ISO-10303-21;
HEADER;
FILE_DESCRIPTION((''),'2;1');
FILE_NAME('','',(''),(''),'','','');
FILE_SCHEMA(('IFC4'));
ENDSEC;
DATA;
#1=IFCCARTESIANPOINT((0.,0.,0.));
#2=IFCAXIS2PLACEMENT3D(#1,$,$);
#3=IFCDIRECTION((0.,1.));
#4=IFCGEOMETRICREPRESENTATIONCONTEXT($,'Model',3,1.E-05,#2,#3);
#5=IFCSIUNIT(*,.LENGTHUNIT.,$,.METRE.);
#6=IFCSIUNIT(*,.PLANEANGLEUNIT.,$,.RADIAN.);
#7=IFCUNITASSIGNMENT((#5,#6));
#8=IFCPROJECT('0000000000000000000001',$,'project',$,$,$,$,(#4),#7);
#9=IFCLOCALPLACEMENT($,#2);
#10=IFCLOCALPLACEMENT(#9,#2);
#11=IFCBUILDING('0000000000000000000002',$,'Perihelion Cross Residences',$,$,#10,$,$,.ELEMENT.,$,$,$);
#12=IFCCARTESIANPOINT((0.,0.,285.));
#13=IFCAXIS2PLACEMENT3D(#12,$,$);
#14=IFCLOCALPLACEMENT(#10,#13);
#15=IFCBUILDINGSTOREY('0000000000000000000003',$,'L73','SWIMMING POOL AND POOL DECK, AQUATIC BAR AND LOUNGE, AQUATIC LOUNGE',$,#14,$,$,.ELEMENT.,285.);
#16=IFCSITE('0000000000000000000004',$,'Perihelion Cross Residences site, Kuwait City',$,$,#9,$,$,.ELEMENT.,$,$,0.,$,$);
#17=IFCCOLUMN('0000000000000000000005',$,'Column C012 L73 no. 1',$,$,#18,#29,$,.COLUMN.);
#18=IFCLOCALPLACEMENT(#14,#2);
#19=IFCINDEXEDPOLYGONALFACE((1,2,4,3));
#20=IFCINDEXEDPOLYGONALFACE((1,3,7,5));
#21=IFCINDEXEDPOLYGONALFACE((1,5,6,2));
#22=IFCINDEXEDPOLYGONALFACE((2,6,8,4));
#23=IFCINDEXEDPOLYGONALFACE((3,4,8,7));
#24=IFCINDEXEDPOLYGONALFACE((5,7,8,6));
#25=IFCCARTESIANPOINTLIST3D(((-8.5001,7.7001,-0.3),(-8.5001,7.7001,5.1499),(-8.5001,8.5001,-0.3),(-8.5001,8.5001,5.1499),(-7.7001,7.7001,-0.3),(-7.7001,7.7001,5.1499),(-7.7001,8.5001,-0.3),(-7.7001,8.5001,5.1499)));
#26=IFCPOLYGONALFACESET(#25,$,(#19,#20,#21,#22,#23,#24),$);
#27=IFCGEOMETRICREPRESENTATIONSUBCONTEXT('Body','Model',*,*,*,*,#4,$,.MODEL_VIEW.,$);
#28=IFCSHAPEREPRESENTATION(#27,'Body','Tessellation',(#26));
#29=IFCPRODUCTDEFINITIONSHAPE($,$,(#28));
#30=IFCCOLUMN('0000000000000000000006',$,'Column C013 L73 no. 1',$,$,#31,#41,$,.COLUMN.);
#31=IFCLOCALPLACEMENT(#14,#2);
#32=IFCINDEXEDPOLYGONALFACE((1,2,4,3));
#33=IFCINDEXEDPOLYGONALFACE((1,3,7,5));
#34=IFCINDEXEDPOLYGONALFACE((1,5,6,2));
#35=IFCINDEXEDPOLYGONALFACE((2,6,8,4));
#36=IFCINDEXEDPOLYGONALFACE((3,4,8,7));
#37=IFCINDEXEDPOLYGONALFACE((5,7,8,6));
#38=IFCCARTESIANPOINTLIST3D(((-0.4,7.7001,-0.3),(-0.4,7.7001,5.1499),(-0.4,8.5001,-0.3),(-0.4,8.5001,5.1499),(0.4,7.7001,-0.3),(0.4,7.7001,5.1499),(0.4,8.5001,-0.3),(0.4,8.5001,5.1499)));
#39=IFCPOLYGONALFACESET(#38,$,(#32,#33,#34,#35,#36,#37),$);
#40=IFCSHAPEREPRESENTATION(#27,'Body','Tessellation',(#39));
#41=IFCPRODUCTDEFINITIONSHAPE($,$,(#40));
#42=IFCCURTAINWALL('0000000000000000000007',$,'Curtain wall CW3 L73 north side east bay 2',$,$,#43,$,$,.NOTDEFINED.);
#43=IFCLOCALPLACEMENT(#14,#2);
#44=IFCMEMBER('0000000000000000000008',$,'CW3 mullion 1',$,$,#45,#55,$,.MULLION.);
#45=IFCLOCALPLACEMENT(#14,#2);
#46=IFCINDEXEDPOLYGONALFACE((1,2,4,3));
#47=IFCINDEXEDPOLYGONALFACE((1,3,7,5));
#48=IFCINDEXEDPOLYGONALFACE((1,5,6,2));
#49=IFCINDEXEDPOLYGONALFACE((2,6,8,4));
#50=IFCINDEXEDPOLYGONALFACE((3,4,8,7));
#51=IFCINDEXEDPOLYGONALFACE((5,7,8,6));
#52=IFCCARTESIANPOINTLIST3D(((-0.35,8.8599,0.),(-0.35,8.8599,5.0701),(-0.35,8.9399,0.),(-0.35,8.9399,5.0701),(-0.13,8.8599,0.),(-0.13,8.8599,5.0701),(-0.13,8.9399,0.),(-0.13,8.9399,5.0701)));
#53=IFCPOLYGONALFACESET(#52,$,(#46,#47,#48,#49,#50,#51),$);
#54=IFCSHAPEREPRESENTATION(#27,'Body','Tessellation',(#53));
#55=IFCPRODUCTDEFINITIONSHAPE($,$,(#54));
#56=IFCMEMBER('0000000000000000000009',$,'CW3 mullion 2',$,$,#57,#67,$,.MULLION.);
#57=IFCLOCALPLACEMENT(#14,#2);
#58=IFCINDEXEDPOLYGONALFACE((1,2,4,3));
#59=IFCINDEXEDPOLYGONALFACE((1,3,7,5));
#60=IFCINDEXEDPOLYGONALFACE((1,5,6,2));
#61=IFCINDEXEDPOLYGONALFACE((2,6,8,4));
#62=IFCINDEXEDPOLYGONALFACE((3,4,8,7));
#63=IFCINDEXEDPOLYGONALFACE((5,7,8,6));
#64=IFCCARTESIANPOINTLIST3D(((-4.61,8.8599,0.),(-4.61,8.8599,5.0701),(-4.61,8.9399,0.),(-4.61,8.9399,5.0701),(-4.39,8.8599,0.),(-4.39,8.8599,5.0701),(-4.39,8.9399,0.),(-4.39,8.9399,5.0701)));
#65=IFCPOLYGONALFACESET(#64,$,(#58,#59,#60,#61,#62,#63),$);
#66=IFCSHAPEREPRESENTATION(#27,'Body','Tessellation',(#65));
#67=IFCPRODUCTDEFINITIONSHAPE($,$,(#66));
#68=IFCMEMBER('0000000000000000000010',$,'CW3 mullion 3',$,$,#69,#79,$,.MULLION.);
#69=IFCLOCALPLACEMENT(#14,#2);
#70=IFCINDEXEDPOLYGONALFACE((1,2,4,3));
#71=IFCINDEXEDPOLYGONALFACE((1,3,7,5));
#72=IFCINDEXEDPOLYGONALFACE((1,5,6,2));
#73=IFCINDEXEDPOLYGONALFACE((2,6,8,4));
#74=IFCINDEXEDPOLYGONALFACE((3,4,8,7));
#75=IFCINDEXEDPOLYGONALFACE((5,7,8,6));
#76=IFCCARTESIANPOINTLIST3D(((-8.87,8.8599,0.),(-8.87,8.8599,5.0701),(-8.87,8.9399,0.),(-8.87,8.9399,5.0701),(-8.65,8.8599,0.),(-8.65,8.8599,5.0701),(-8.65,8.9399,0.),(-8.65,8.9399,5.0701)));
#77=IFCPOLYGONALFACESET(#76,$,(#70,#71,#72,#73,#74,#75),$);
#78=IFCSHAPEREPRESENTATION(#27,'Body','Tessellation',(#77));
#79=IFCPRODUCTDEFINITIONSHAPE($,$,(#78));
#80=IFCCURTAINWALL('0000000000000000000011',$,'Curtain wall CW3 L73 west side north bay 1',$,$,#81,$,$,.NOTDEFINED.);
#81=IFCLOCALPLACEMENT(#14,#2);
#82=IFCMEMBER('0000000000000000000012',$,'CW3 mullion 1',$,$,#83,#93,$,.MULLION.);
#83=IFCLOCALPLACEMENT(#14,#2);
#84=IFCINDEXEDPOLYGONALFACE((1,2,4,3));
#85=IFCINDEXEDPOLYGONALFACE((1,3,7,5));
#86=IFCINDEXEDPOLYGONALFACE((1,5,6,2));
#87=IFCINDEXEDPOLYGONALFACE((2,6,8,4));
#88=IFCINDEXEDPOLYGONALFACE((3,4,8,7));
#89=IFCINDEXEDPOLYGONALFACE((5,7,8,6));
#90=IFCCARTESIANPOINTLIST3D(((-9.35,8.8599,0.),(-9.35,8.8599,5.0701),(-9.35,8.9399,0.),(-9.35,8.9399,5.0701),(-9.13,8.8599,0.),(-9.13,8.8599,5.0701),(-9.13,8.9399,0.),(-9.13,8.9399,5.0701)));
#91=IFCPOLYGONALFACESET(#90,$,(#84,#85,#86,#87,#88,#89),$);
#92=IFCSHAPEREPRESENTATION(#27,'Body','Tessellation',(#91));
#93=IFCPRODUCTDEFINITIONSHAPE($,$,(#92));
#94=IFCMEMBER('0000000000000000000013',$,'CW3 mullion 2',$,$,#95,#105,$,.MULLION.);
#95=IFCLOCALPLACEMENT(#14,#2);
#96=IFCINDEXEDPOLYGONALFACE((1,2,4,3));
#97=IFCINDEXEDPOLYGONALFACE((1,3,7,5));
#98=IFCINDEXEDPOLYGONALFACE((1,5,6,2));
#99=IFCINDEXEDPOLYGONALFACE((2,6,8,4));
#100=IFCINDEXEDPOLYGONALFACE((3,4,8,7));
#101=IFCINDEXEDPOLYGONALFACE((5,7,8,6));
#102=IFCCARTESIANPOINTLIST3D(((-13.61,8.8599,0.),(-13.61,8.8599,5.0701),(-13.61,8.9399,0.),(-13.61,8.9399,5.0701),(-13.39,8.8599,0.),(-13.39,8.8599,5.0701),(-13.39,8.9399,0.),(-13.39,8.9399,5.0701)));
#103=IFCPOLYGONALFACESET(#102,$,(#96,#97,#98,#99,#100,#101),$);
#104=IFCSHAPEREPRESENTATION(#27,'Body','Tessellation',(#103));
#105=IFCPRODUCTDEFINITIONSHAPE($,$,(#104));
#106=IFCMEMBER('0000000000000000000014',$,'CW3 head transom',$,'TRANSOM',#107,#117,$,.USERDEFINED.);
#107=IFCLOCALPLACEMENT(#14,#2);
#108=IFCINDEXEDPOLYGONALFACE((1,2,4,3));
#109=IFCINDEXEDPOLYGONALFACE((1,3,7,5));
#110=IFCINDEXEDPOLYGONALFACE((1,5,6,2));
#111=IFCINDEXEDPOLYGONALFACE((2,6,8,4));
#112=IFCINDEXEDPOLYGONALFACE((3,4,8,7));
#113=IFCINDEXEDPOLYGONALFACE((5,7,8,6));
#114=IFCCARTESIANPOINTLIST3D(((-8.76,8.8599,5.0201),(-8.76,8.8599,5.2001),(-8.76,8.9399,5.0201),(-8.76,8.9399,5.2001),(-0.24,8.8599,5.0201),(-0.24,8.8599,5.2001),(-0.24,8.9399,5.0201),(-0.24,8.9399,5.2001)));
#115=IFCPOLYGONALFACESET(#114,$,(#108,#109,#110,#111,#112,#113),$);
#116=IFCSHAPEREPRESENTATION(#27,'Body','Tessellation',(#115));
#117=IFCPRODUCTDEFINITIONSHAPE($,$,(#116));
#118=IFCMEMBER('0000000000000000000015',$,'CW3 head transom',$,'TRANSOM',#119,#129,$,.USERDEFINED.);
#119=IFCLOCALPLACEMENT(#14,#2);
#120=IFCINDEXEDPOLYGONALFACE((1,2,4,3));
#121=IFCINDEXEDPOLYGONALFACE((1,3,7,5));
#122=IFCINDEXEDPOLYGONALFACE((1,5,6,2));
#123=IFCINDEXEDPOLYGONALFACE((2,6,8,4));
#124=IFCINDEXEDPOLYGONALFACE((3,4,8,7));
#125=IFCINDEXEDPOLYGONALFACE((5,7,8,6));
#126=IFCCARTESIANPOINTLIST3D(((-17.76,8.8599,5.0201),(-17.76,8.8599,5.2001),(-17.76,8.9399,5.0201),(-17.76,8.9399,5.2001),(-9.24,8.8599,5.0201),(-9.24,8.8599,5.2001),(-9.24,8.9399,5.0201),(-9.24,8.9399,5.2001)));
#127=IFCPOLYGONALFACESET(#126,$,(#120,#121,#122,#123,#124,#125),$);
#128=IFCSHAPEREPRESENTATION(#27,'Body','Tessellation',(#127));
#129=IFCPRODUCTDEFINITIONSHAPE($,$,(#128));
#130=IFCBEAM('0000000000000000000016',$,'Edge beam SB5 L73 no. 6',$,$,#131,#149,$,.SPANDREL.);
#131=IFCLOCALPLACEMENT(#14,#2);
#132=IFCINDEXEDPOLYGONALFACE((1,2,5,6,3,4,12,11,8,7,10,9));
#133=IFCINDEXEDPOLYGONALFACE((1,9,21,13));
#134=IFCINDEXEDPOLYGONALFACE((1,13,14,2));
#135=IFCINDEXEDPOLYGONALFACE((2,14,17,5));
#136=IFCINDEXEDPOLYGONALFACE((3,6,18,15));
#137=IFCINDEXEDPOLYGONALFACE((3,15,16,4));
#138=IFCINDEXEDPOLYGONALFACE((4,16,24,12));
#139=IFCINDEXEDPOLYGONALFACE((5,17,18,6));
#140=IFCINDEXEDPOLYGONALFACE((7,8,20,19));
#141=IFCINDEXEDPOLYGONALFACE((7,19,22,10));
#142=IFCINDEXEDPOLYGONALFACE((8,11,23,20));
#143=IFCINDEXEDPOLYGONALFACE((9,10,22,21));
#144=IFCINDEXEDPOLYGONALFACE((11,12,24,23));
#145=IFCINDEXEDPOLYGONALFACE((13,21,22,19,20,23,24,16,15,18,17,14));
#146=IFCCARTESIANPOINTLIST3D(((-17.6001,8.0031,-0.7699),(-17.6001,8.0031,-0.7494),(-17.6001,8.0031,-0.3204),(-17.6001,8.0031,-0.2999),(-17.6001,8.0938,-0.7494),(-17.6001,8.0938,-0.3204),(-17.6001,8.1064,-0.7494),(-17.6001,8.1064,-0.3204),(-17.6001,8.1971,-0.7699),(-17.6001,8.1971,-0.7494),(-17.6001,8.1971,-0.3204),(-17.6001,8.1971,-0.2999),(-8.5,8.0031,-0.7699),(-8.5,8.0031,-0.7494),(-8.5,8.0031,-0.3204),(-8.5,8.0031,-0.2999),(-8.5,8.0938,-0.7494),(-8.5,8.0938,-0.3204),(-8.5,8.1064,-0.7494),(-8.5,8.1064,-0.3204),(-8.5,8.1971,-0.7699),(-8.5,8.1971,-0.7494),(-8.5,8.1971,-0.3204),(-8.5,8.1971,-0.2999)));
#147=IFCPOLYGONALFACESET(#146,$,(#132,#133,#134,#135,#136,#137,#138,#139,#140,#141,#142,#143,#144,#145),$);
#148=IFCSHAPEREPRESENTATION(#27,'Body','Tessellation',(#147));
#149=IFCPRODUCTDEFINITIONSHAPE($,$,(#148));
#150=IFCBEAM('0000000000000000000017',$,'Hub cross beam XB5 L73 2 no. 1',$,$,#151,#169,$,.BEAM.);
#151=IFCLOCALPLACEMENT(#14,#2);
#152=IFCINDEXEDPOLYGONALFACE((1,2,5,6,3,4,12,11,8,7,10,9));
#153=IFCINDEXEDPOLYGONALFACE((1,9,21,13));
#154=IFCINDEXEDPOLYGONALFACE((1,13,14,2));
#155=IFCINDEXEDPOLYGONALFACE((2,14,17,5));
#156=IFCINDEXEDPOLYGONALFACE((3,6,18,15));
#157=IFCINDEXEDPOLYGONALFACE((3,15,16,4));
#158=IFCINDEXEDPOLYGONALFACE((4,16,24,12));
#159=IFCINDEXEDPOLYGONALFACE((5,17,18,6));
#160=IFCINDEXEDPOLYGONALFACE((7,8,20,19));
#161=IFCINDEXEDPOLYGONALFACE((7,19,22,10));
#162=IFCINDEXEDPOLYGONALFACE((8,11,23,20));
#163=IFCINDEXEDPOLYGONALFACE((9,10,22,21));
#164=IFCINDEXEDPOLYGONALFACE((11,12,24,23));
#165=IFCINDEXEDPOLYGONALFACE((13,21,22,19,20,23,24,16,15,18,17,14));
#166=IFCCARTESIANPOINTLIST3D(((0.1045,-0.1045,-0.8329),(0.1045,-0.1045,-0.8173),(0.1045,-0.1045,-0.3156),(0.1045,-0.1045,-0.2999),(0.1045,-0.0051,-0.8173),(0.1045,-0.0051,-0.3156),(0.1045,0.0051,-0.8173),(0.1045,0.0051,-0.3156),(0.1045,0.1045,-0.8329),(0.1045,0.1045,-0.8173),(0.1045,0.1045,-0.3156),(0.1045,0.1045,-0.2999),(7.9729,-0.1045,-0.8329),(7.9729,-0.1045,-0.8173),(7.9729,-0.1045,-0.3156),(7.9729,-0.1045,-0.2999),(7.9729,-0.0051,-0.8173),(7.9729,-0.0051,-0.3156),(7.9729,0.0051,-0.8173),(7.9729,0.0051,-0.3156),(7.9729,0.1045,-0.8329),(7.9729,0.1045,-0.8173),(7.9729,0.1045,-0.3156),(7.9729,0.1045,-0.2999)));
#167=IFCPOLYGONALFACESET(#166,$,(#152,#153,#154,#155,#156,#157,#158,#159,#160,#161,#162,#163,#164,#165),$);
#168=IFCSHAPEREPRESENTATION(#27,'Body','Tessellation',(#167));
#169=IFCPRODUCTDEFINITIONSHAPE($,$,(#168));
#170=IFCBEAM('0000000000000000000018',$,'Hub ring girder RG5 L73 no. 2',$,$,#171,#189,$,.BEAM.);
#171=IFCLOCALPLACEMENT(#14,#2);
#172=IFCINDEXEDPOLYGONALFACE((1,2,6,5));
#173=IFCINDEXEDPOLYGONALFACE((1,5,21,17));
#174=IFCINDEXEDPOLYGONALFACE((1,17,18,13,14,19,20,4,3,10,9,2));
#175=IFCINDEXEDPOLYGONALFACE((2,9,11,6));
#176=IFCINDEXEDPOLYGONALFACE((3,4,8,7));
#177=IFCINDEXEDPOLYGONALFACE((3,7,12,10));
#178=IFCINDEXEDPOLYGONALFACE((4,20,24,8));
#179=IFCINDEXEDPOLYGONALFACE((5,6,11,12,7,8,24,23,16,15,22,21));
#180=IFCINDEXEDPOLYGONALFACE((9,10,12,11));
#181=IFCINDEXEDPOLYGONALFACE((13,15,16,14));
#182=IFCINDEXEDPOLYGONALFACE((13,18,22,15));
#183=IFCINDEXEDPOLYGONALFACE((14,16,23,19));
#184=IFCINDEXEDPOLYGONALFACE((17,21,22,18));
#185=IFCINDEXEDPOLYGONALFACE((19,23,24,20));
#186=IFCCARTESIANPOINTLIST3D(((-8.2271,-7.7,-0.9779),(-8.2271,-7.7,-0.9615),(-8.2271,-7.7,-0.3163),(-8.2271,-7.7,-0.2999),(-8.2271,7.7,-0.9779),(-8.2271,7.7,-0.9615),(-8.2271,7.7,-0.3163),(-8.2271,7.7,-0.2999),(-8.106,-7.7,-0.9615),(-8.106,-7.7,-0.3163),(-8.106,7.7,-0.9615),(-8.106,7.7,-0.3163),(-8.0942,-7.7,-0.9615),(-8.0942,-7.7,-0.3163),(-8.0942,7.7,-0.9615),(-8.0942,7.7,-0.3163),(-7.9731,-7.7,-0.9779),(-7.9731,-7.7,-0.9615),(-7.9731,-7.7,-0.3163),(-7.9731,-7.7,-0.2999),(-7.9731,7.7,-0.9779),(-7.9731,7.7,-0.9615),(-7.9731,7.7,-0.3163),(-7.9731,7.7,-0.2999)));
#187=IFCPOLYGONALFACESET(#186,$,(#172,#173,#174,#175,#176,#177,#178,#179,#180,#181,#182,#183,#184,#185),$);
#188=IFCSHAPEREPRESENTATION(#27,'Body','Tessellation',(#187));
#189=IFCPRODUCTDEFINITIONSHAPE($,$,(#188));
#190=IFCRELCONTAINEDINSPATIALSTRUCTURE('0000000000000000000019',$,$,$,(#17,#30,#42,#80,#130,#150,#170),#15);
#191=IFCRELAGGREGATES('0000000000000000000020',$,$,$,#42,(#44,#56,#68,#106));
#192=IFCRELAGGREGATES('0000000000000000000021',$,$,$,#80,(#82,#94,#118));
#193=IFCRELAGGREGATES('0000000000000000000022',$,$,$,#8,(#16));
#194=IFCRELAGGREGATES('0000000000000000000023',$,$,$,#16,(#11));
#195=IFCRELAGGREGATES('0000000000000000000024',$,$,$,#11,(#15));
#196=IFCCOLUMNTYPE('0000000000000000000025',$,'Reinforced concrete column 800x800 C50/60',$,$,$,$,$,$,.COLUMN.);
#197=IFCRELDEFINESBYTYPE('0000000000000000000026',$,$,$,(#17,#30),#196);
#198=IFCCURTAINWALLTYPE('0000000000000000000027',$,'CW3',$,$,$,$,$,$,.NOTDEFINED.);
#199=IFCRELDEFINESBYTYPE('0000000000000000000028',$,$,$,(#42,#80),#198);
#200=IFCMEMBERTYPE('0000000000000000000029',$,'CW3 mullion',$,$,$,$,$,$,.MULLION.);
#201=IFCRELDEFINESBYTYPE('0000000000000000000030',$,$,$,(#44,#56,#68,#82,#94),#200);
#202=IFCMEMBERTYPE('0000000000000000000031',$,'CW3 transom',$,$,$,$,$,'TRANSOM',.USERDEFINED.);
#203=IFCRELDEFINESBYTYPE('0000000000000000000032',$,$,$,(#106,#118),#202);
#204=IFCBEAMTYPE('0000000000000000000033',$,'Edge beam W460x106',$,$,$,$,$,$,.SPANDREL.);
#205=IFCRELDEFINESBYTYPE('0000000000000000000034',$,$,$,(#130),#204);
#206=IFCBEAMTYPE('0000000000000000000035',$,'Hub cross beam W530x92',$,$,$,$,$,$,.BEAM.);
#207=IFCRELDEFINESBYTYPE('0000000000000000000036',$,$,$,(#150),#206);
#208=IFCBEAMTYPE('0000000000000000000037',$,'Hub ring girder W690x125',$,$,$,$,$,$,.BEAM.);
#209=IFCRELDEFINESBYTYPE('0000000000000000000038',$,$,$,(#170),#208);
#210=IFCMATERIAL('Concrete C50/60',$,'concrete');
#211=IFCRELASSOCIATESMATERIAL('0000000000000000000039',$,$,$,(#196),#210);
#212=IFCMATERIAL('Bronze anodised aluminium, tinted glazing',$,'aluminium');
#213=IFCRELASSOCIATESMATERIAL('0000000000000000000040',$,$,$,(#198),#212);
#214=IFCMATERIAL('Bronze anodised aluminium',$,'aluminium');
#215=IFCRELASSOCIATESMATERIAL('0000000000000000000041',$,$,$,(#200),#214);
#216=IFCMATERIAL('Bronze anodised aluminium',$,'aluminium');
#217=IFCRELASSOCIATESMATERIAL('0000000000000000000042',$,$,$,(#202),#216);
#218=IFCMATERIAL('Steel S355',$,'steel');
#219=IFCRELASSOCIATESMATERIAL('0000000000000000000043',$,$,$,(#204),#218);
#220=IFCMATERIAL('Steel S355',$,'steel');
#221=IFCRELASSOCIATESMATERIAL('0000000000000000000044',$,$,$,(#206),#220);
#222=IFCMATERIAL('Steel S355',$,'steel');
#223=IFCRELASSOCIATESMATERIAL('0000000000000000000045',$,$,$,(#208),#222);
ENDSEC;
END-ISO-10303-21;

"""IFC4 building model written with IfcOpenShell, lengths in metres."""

from ifc_helpers import new_model, si_unit, direction, frame, origin, origin_2d, place, context, subcontext, project, spatial, rectangle, i_section, extrude, material, material_profile, profile_set, type_object, element, aggregate, save


model = new_model("IFC4")

# Units and contexts
model_context = context("Model", 3, precision=1e-05, world=origin(), true_north=direction((0.0, 1.0)))
body_context = subcontext(model_context, "Body", "Model", "MODEL_VIEW")
ifc_project = project(units=[si_unit("LENGTHUNIT", "METRE"), si_unit("PLANEANGLEUNIT", "RADIAN")], contexts=[model_context])

# Site, building, storey
site_placement = place(None, origin())
site = spatial("IfcSite", under=ifc_project, at=site_placement, Name="Perihelion Cross Residences site, Kuwait City", CompositionType="ELEMENT", RefElevation=0.0)
building_placement = place(site_placement, origin())
building = spatial("IfcBuilding", under=site, at=building_placement, Name="Perihelion Cross Residences", CompositionType="ELEMENT")
storey_placement = place(building_placement, frame((0.0, 0.0, 285.0)))
storey = spatial("IfcBuildingStorey", under=building, at=storey_placement, Name="L73", Description="SWIMMING POOL AND POOL DECK, AQUATIC BAR AND LOUNGE, AQUATIC LOUNGE", CompositionType="ELEMENT", Elevation=285.0)

# Columns
ifc_material_1 = material(Name="Concrete C50/60", Category="concrete")
ifc_material_profile_1 = material_profile(ifc_material_1, rectangle(XDim=0.8, YDim=0.8, at=origin_2d()), Name="RC 800x800")
ifc_profile_set_1 = profile_set([ifc_material_profile_1], Name="Concrete C50/60")
column_type = type_object("IfcColumnType", Name="Reinforced concrete column 800x800 C50/60", PredefinedType="COLUMN", material=ifc_profile_set_1)
for number, where, z_axis, x_axis, name in (
    (1, (-8.1001, 8.1001, -0.3), (0.0, 0.0, 1.0), (1.0, 0.0, 0.0), "Column C012 L73 no. 1"),
    (2, (0.0, 8.1001, -0.3), (0.0, 0.0, 1.0), (1.0, 0.0, 0.0), "Column C013 L73 no. 1"),
):
    element("IfcColumn", number, at=place(storey_placement, frame(where, z_axis=z_axis, x_axis=x_axis)), inside=storey, type_object=column_type, Name=name, PredefinedType="COLUMN", context=body_context, shape_type="SweptSolid", body=[
        extrude(rectangle(XDim=0.8, YDim=0.8, at=origin_2d()), origin(), (0.0, 0.0, 1.0), 5.45),
    ])

# Curtain walls, members
ifc_material_2 = material(Name="Bronze anodised aluminium, tinted glazing", Category="aluminium")
curtain_wall_type = type_object("IfcCurtainWallType", Name="CW3", PredefinedType="NOTDEFINED", material=ifc_material_2)
curtain_wall_1_placement = place(storey_placement, origin())
curtain_wall_1 = element("IfcCurtainWall", 3, at=curtain_wall_1_placement, inside=storey, type_object=curtain_wall_type, Name="Curtain wall CW3 L73 north side east bay 2", PredefinedType="NOTDEFINED")
ifc_material_3 = material(Name="Bronze anodised aluminium", Category="aluminium")
ifc_material_profile_2 = material_profile(ifc_material_3, rectangle(XDim=0.0801, YDim=0.22, at=origin_2d()), Name="CW3 mullion")
ifc_profile_set_2 = profile_set([ifc_material_profile_2], Name="Bronze anodised aluminium")
member_type_1 = type_object("IfcMemberType", Name="CW3 mullion", PredefinedType="MULLION", material=ifc_profile_set_2)
member_1_placement = place(storey_placement, frame((-0.24, 8.8999, 0.0), z_axis=(0.0, 0.0, 1.0), x_axis=(0.0, -1.0, 0.0)))
member_1 = element("IfcMember", 4, at=member_1_placement, type_object=member_type_1, Name="CW3 mullion 1", PredefinedType="MULLION", context=body_context, shape_type="SweptSolid", body=[
    extrude(rectangle(XDim=0.0801, YDim=0.22, at=origin_2d()), origin(), (0.0, 0.0, 1.0), 5.0701),
])
member_2_placement = place(storey_placement, frame((-4.5, 8.8999, 0.0), z_axis=(0.0, 0.0, 1.0), x_axis=(0.0, -1.0, 0.0)))
member_2 = element("IfcMember", 5, at=member_2_placement, type_object=member_type_1, Name="CW3 mullion 2", PredefinedType="MULLION", context=body_context, shape_type="SweptSolid", body=[
    extrude(rectangle(XDim=0.0801, YDim=0.22, at=origin_2d()), origin(), (0.0, 0.0, 1.0), 5.0701),
])
member_3_placement = place(storey_placement, frame((-8.76, 8.8999, 0.0), z_axis=(0.0, 0.0, 1.0), x_axis=(0.0, -1.0, 0.0)))
member_3 = element("IfcMember", 6, at=member_3_placement, type_object=member_type_1, Name="CW3 mullion 3", PredefinedType="MULLION", context=body_context, shape_type="SweptSolid", body=[
    extrude(rectangle(XDim=0.0801, YDim=0.22, at=origin_2d()), origin(), (0.0, 0.0, 1.0), 5.0701),
])
curtain_wall_2_placement = place(storey_placement, origin())
curtain_wall_2 = element("IfcCurtainWall", 7, at=curtain_wall_2_placement, inside=storey, type_object=curtain_wall_type, Name="Curtain wall CW3 L73 west side north bay 1", PredefinedType="NOTDEFINED")
member_4_placement = place(storey_placement, frame((-9.24, 8.8999, 0.0), z_axis=(0.0, 0.0, 1.0), x_axis=(0.0, -1.0, 0.0)))
member_4 = element("IfcMember", 8, at=member_4_placement, type_object=member_type_1, Name="CW3 mullion 1", PredefinedType="MULLION", context=body_context, shape_type="SweptSolid", body=[
    extrude(rectangle(XDim=0.0801, YDim=0.22, at=origin_2d()), origin(), (0.0, 0.0, 1.0), 5.0701),
])
member_5_placement = place(storey_placement, frame((-13.5, 8.8999, 0.0), z_axis=(0.0, 0.0, 1.0), x_axis=(0.0, -1.0, 0.0)))
member_5 = element("IfcMember", 9, at=member_5_placement, type_object=member_type_1, Name="CW3 mullion 2", PredefinedType="MULLION", context=body_context, shape_type="SweptSolid", body=[
    extrude(rectangle(XDim=0.0801, YDim=0.22, at=origin_2d()), origin(), (0.0, 0.0, 1.0), 5.0701),
])

# Members
ifc_material_4 = material(Name="Bronze anodised aluminium", Category="aluminium")
ifc_material_profile_3 = material_profile(ifc_material_4, rectangle(XDim=0.0801, YDim=0.1799, at=origin_2d()), Name="CW3 transom")
ifc_profile_set_3 = profile_set([ifc_material_profile_3], Name="Bronze anodised aluminium")
member_type_2 = type_object("IfcMemberType", Name="CW3 transom", ElementType="TRANSOM", PredefinedType="USERDEFINED", material=ifc_profile_set_3)
member_6_placement = place(storey_placement, frame((-0.24, 8.8999, 5.1101), z_axis=(-1.0, 0.0, 0.0), x_axis=(0.0, -1.0, 0.0)))
member_6 = element("IfcMember", 10, at=member_6_placement, type_object=member_type_2, Name="CW3 head transom", ObjectType="TRANSOM", PredefinedType="USERDEFINED", context=body_context, shape_type="SweptSolid", body=[
    extrude(rectangle(XDim=0.0801, YDim=0.1799, at=origin_2d()), origin(), (0.0, 0.0, 1.0), 8.52),
])
member_7_placement = place(storey_placement, frame((-9.24, 8.8999, 5.1101), z_axis=(-1.0, 0.0, 0.0), x_axis=(0.0, -1.0, 0.0)))
member_7 = element("IfcMember", 11, at=member_7_placement, type_object=member_type_2, Name="CW3 head transom", ObjectType="TRANSOM", PredefinedType="USERDEFINED", context=body_context, shape_type="SweptSolid", body=[
    extrude(rectangle(XDim=0.0801, YDim=0.1799, at=origin_2d()), origin(), (0.0, 0.0, 1.0), 8.52),
])

# Beams
ifc_material_5 = material(Name="Steel S355", Category="steel")
ifc_material_profile_4 = material_profile(ifc_material_5, i_section(OverallWidth=0.1941, OverallDepth=0.47, WebThickness=0.0127, FlangeThickness=0.0205, at=origin_2d()), Name="W460x106")
ifc_profile_set_4 = profile_set([ifc_material_profile_4], Name="Steel S355")
beam_type_1 = type_object("IfcBeamType", Name="Edge beam W460x106", PredefinedType="SPANDREL", material=ifc_profile_set_4)
beam_1_placement = place(storey_placement, frame((-8.5, 8.1001, -0.5349), z_axis=(-1.0, 0.0, 0.0), x_axis=(0.0, -1.0, 0.0)))
element("IfcBeam", 12, at=beam_1_placement, inside=storey, type_object=beam_type_1, Name="Edge beam SB5 L73 no. 6", PredefinedType="SPANDREL", context=body_context, shape_type="SweptSolid", body=[
    extrude(i_section(OverallWidth=0.1941, OverallDepth=0.47, WebThickness=0.0127, FlangeThickness=0.0205, at=origin_2d()), origin(), (0.0, 0.0, 1.0), 9.1001),
])
ifc_material_6 = material(Name="Steel S355", Category="steel")
ifc_material_profile_5 = material_profile(ifc_material_6, i_section(OverallWidth=0.209, OverallDepth=0.533, WebThickness=0.0103, FlangeThickness=0.0156, at=origin_2d()), Name="W530x92")
ifc_profile_set_5 = profile_set([ifc_material_profile_5], Name="Steel S355")
beam_type_2 = type_object("IfcBeamType", Name="Hub cross beam W530x92", PredefinedType="BEAM", material=ifc_profile_set_5)
beam_2_placement = place(storey_placement, frame((0.1045, 0.0, -0.5664), z_axis=(1.0, 0.0, 0.0), x_axis=(0.0, 1.0, 0.0)))
element("IfcBeam", 13, at=beam_2_placement, inside=storey, type_object=beam_type_2, Name="Hub cross beam XB5 L73 2 no. 1", PredefinedType="BEAM", context=body_context, shape_type="SweptSolid", body=[
    extrude(i_section(OverallWidth=0.209, OverallDepth=0.533, WebThickness=0.0103, FlangeThickness=0.0156, at=origin_2d()), origin(), (0.0, 0.0, 1.0), 7.8684),
])
ifc_material_7 = material(Name="Steel S355", Category="steel")
ifc_material_profile_6 = material_profile(ifc_material_7, i_section(OverallWidth=0.2539, OverallDepth=0.678, WebThickness=0.0117, FlangeThickness=0.0164, at=origin_2d()), Name="W690x125")
ifc_profile_set_6 = profile_set([ifc_material_profile_6], Name="Steel S355")
beam_type_3 = type_object("IfcBeamType", Name="Hub ring girder W690x125", PredefinedType="BEAM", material=ifc_profile_set_6)
beam_3_placement = place(storey_placement, frame((-8.1001, 7.7, -0.6389), z_axis=(0.0, -1.0, 0.0), x_axis=(1.0, 0.0, 0.0)))
element("IfcBeam", 14, at=beam_3_placement, inside=storey, type_object=beam_type_3, Name="Hub ring girder RG5 L73 no. 2", PredefinedType="BEAM", context=body_context, shape_type="SweptSolid", body=[
    extrude(i_section(OverallWidth=0.2539, OverallDepth=0.678, WebThickness=0.0117, FlangeThickness=0.0164, at=origin_2d()), origin(), (0.0, 0.0, 1.0), 15.3999),
])

aggregate(curtain_wall_1, [member_1, member_2, member_3, member_6])
aggregate(curtain_wall_2, [member_4, member_5, member_7])

save(model, "model.ifc")
